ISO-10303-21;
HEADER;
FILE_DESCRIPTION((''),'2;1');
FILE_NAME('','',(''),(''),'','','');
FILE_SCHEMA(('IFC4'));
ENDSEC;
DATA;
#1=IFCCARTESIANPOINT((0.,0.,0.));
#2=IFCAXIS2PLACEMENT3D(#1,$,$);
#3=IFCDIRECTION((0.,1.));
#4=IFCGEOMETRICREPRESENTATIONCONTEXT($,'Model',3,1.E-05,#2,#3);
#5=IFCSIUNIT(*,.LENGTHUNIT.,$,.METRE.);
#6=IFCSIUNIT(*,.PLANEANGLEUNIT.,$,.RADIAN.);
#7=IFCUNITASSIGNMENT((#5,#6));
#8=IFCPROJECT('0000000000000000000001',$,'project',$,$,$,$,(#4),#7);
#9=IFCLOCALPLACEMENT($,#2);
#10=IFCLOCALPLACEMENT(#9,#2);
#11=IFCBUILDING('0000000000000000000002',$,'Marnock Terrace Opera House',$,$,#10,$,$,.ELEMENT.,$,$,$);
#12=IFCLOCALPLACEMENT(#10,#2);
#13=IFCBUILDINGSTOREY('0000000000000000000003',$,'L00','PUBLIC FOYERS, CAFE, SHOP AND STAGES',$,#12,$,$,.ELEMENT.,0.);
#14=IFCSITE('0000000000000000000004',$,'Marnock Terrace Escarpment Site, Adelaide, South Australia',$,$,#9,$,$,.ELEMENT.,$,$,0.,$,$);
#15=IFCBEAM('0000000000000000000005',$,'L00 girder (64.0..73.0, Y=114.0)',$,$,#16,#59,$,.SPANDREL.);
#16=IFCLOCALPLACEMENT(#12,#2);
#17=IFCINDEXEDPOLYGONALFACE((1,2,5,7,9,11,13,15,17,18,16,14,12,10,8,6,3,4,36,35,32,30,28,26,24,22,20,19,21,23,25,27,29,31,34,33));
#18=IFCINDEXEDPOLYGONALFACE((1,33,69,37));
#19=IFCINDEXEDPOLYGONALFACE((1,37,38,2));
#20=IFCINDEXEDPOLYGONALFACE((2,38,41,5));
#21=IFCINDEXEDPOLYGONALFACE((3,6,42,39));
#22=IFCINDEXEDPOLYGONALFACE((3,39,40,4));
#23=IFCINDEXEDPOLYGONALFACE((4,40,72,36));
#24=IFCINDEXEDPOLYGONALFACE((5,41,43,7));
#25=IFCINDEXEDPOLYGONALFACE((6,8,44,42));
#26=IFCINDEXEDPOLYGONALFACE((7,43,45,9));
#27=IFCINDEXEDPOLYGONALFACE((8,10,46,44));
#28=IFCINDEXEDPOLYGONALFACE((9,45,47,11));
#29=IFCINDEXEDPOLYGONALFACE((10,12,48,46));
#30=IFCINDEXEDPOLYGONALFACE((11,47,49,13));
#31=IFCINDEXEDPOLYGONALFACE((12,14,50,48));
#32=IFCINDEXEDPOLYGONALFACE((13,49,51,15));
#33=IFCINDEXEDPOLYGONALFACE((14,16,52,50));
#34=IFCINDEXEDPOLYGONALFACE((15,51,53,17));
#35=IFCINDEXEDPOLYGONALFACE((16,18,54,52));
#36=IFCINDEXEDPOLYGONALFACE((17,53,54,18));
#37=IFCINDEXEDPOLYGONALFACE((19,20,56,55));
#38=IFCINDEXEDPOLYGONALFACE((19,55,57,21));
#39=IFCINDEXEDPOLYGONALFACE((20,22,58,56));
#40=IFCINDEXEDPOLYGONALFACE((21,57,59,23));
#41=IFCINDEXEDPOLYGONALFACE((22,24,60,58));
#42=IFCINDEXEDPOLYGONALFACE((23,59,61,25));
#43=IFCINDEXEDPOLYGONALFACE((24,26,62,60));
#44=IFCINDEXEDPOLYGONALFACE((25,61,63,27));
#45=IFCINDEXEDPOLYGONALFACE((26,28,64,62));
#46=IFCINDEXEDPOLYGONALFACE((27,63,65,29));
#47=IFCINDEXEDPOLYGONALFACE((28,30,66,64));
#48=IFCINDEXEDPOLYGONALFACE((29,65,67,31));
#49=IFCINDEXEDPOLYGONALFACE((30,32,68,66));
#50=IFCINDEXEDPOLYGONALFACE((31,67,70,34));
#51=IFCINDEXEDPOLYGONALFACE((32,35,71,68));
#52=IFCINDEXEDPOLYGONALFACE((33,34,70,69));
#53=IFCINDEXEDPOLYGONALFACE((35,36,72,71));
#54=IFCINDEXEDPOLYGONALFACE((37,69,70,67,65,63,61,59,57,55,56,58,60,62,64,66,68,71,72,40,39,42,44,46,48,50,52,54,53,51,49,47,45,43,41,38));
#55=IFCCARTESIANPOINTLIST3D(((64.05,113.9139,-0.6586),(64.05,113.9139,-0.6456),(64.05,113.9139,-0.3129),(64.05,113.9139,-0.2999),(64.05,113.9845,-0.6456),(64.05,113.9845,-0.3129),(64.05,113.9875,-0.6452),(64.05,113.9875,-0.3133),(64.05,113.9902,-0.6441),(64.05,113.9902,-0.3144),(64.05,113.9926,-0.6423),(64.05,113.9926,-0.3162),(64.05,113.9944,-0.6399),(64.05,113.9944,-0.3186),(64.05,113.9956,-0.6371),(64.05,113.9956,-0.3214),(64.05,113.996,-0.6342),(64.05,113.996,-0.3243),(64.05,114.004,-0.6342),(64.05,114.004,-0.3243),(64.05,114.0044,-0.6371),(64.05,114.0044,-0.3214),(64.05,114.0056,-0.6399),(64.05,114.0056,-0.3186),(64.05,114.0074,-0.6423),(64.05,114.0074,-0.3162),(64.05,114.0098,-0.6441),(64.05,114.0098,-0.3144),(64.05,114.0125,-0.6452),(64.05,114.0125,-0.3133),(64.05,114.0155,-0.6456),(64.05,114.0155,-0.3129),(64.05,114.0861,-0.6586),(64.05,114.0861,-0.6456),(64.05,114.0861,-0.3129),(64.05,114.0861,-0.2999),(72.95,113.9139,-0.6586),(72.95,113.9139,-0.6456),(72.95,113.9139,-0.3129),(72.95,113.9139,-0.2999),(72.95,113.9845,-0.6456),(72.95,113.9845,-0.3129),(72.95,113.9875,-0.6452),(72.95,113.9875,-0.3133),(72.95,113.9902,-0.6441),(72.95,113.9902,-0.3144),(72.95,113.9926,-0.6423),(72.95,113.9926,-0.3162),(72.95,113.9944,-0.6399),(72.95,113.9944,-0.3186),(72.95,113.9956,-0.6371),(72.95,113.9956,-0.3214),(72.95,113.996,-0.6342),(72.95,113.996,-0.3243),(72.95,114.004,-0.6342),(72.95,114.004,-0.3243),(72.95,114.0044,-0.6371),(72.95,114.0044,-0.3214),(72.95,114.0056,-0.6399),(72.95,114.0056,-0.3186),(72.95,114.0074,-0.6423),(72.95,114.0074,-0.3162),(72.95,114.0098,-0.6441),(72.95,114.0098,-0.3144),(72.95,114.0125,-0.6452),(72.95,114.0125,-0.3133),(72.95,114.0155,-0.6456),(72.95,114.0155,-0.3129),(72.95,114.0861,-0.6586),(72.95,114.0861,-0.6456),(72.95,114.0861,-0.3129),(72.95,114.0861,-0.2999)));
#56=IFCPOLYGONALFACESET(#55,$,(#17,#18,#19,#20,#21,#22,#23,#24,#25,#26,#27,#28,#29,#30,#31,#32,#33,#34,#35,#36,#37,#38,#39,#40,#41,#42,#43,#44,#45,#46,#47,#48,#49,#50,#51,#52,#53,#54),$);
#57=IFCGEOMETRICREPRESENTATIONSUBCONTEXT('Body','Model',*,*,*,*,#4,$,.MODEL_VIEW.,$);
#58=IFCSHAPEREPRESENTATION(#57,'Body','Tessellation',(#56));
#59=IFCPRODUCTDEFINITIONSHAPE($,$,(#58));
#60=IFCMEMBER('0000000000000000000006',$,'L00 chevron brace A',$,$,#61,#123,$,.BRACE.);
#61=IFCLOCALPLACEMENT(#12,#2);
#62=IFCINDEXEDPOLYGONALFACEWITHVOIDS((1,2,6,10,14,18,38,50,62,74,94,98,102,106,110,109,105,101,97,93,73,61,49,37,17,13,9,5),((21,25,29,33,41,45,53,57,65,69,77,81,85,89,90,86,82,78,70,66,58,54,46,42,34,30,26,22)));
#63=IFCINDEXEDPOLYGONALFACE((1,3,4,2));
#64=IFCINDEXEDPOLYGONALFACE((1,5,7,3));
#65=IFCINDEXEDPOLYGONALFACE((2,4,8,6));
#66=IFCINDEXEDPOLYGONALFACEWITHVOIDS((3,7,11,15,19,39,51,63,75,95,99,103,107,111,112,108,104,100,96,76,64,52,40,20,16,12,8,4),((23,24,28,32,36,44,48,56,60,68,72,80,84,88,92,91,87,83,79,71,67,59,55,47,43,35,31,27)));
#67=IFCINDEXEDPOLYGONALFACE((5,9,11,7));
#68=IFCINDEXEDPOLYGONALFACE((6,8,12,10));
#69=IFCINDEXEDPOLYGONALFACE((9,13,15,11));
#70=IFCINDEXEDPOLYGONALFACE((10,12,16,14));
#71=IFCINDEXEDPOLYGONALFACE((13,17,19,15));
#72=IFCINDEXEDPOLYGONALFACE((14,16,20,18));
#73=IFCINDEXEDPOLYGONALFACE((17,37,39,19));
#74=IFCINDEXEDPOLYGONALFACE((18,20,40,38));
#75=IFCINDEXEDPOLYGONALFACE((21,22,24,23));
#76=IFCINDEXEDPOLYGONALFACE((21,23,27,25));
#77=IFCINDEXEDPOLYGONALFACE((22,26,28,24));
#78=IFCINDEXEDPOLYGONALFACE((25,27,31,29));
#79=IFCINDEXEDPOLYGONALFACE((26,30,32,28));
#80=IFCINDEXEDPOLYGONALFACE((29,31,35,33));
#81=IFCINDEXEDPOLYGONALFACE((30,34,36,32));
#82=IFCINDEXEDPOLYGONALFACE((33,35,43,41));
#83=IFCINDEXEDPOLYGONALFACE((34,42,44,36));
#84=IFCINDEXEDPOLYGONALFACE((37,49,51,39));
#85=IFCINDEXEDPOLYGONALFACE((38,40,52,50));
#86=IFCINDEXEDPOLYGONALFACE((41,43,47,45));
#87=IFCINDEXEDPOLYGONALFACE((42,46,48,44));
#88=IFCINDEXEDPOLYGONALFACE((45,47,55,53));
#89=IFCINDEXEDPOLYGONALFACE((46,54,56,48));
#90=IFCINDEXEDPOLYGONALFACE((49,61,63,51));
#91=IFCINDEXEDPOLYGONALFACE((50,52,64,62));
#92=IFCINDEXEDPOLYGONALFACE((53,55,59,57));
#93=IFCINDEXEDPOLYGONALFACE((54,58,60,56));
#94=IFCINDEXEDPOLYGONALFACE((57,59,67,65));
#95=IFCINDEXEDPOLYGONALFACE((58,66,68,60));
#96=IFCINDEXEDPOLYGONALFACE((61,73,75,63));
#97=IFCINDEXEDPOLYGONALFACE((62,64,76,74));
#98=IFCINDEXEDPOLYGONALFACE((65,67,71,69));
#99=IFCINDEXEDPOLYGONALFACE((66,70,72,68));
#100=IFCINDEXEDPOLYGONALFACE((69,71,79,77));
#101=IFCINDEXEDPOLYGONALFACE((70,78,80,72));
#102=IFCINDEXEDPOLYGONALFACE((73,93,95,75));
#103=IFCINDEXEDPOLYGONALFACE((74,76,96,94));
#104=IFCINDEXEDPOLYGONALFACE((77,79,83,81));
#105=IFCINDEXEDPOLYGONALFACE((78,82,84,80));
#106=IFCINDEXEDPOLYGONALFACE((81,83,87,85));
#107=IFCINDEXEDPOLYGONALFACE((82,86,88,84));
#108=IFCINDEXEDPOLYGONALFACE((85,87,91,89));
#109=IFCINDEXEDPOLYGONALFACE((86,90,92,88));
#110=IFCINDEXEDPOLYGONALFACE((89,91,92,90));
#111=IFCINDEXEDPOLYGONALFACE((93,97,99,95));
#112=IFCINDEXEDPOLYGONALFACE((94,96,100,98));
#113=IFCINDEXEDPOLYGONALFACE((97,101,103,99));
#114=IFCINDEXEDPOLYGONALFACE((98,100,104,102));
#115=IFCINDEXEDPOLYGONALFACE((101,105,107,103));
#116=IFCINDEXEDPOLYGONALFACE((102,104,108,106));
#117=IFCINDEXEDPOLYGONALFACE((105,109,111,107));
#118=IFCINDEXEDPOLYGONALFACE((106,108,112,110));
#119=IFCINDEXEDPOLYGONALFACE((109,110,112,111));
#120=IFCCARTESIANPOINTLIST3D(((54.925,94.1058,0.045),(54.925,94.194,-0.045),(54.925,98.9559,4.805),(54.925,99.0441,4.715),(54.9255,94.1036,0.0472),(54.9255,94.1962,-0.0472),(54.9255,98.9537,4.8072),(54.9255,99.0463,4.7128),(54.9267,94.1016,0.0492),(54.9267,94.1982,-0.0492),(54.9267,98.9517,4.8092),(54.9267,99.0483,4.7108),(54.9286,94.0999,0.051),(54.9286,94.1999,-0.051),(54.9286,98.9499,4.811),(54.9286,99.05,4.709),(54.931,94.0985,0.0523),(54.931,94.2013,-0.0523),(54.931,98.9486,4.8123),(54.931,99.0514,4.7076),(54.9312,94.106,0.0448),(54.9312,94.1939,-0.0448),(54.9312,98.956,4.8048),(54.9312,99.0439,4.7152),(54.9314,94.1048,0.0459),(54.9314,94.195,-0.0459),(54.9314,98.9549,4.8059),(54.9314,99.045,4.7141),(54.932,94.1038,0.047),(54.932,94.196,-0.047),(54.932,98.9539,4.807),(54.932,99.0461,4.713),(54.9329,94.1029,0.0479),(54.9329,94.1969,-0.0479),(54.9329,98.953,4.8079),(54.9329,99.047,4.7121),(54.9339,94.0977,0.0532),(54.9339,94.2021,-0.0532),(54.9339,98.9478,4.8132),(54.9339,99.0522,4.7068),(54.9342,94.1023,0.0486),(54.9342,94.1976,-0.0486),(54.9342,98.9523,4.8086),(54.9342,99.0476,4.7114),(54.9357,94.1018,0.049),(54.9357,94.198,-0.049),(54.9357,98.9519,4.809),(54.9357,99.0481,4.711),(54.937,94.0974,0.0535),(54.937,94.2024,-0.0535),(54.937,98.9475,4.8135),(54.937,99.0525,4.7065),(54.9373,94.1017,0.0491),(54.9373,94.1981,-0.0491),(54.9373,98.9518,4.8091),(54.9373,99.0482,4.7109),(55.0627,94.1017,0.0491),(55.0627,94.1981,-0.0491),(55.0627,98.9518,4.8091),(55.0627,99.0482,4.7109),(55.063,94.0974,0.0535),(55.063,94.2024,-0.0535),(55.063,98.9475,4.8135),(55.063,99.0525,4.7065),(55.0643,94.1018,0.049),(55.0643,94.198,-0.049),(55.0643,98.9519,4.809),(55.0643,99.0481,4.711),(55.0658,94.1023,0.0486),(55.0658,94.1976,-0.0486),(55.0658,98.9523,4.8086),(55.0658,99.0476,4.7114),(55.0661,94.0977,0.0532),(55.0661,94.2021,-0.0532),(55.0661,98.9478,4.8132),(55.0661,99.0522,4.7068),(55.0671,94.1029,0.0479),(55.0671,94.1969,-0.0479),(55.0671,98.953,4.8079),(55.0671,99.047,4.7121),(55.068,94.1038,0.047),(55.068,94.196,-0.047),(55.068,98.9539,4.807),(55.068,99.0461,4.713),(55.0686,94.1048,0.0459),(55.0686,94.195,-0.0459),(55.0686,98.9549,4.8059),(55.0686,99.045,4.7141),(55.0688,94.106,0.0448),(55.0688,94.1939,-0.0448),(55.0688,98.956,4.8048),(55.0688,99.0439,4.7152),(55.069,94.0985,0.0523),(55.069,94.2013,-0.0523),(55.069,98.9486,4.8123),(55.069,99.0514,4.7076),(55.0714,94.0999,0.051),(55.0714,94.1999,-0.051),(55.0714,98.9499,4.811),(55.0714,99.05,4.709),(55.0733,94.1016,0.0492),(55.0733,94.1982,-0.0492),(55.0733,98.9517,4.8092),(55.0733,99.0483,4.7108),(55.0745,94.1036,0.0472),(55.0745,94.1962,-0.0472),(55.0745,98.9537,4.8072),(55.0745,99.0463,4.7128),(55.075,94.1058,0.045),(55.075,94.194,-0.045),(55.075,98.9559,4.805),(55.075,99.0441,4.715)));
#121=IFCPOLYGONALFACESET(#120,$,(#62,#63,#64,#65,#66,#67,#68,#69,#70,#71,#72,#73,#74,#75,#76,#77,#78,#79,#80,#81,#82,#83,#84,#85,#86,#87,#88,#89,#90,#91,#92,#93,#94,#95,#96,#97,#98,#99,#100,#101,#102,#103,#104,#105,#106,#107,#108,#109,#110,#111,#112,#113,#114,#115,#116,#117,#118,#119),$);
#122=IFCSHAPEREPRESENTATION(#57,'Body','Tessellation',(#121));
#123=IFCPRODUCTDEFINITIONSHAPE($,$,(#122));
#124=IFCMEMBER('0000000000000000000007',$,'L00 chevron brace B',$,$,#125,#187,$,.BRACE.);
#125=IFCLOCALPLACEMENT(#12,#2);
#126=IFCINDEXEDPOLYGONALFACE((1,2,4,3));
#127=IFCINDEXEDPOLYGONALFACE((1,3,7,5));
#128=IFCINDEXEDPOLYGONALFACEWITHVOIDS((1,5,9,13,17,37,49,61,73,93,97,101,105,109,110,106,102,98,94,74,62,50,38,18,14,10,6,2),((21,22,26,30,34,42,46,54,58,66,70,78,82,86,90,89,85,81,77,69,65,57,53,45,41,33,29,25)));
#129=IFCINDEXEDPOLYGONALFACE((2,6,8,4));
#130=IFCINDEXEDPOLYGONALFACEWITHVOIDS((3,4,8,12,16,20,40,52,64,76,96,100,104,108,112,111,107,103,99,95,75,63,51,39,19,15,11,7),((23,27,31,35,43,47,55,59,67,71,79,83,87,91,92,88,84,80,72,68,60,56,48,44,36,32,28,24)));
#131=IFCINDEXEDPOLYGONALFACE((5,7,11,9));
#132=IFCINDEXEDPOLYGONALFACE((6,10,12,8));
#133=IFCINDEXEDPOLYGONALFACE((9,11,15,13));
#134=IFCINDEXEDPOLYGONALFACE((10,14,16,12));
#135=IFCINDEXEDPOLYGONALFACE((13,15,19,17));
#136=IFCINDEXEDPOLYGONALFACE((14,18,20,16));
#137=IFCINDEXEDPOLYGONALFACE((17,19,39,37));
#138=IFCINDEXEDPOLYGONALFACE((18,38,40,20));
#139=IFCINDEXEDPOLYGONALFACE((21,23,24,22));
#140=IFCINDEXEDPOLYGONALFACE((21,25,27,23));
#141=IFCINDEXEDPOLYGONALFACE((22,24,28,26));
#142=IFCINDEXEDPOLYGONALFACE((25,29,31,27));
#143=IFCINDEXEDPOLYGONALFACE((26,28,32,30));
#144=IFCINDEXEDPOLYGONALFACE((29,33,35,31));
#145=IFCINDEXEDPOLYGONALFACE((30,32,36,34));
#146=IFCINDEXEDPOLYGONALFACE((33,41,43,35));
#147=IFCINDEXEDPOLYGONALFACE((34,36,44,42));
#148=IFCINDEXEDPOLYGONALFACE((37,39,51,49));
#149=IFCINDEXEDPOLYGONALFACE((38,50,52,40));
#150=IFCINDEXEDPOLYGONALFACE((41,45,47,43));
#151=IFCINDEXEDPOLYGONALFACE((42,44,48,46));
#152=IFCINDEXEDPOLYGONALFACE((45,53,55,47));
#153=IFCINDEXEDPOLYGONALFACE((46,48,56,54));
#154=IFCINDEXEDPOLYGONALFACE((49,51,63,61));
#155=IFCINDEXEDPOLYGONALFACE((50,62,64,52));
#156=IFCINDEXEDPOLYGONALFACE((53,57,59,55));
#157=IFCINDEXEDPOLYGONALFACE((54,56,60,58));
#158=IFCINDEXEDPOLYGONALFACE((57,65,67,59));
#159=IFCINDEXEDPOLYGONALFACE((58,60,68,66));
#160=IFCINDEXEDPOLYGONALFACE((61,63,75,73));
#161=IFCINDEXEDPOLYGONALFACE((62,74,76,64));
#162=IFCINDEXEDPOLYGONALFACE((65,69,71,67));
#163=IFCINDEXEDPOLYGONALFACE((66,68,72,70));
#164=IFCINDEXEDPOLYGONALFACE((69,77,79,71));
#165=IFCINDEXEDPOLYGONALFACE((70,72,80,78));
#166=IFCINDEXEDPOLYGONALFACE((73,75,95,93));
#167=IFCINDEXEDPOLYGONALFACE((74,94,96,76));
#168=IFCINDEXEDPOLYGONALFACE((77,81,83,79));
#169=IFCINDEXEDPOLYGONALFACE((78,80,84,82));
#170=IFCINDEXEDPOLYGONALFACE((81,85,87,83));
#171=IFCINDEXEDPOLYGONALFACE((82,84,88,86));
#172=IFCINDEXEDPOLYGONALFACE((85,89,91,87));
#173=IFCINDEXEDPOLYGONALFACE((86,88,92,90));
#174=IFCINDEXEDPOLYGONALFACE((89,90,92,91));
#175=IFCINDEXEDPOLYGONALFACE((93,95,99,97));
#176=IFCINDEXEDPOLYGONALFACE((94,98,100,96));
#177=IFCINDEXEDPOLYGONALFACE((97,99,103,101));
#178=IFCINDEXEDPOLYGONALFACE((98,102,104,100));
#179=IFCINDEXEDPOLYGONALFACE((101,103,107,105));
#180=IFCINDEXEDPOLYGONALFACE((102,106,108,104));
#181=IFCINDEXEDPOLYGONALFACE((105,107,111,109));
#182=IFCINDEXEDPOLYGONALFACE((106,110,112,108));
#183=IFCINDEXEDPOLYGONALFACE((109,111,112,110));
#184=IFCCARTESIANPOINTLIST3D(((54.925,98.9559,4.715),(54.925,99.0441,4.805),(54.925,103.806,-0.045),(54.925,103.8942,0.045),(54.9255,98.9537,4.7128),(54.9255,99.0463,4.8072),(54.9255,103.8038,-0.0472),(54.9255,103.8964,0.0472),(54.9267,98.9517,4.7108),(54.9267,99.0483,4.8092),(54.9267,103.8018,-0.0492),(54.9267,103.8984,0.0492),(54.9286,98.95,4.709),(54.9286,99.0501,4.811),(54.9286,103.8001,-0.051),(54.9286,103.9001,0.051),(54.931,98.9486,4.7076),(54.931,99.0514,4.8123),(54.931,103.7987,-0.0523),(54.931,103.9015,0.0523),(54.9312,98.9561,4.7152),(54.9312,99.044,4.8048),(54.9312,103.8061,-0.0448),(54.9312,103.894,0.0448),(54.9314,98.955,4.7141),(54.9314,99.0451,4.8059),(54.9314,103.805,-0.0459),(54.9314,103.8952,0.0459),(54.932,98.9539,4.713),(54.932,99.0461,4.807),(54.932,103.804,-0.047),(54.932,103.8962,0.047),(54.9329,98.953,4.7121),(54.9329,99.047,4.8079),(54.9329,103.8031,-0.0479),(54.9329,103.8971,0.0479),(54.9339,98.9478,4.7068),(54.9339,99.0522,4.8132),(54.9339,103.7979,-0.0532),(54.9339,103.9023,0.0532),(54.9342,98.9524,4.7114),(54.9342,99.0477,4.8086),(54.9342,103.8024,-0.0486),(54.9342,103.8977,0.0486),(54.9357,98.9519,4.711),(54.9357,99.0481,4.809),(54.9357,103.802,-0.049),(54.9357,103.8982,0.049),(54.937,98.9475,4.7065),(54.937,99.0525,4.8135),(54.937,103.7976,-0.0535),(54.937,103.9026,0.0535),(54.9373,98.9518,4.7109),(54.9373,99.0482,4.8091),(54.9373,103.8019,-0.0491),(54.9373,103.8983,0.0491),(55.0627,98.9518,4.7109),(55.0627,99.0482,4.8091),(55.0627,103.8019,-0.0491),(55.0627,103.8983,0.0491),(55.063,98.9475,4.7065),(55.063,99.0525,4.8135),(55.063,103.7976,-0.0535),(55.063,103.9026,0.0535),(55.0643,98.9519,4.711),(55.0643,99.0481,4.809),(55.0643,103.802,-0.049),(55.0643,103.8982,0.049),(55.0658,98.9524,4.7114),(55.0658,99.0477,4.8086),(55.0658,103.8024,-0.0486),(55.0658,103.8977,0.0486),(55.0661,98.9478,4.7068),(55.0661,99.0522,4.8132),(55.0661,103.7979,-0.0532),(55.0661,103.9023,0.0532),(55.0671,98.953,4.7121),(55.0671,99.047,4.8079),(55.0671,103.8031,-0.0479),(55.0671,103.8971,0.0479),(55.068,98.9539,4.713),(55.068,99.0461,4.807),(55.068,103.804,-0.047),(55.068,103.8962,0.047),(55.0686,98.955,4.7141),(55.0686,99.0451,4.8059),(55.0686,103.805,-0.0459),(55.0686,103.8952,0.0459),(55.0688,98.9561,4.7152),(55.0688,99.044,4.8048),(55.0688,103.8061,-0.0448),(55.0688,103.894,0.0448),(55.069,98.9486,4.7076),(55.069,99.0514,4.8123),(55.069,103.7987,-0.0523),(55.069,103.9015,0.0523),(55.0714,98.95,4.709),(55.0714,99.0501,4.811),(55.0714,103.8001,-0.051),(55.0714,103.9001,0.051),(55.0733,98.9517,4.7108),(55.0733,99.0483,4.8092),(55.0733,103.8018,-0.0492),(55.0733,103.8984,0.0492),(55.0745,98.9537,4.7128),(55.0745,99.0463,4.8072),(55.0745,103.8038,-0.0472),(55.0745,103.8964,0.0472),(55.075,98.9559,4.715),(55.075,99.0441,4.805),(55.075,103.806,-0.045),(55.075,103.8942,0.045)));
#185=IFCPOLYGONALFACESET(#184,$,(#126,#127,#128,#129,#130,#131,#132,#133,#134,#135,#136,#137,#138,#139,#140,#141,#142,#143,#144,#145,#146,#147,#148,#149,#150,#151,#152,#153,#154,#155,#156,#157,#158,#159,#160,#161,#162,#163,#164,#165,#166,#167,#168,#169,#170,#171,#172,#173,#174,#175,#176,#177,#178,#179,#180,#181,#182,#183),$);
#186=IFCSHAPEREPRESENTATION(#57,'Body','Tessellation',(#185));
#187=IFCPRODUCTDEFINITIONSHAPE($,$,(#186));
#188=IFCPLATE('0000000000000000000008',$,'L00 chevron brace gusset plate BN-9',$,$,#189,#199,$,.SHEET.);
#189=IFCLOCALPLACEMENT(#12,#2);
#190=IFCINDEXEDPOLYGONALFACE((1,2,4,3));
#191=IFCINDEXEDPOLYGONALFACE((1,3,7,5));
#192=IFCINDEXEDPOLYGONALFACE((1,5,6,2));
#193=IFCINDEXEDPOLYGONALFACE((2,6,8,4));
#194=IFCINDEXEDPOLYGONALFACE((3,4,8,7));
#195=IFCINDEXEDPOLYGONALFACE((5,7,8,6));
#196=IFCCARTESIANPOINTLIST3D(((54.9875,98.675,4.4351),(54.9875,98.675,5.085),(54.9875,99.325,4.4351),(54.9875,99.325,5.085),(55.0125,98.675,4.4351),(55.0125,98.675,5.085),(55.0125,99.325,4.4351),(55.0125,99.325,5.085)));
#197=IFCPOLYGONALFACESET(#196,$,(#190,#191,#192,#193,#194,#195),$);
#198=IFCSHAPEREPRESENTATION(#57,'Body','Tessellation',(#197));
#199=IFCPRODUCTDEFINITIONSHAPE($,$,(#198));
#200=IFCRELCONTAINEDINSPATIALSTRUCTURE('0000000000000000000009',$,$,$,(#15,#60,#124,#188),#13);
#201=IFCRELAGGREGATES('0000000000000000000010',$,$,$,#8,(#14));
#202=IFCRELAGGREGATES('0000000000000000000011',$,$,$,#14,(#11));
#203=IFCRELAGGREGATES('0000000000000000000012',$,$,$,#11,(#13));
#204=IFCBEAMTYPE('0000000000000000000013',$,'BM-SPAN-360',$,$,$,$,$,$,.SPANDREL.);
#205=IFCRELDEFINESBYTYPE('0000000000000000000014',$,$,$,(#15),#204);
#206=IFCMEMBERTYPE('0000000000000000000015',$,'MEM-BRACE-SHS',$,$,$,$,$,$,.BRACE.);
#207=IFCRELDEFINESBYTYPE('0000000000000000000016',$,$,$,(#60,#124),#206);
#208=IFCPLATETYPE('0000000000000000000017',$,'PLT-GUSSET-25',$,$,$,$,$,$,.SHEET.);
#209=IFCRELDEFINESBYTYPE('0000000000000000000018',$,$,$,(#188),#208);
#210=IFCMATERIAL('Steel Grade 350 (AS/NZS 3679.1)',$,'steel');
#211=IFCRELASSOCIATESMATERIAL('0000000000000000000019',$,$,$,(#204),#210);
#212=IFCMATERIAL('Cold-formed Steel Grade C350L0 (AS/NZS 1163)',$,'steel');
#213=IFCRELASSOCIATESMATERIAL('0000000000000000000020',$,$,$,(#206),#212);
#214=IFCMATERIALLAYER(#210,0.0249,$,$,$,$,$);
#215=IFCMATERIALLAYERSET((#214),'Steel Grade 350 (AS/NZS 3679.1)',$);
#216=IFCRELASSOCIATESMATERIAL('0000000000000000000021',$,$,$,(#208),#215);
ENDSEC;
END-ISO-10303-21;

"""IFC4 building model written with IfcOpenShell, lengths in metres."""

from ifc_helpers import new_model, si_unit, direction, frame, origin, origin_2d, place, context, subcontext, project, spatial, rectangle, hollow_rectangle, i_section, extrude, material, layer, layer_set, material_profile, profile_set, type_object, element, save


model = new_model("IFC4")

# Units and contexts
model_context = context("Model", 3, precision=1e-05, world=origin(), true_north=direction((0.0, 1.0)))
body_context = subcontext(model_context, "Body", "Model", "MODEL_VIEW")
ifc_project = project(units=[si_unit("LENGTHUNIT", "METRE"), si_unit("PLANEANGLEUNIT", "RADIAN")], contexts=[model_context])

# Site, building, storey
site_placement = place(None, origin())
site = spatial("IfcSite", under=ifc_project, at=site_placement, Name="Marnock Terrace Escarpment Site, Adelaide, South Australia", CompositionType="ELEMENT", RefElevation=0.0)
building_placement = place(site_placement, origin())
building = spatial("IfcBuilding", under=site, at=building_placement, Name="Marnock Terrace Opera House", CompositionType="ELEMENT")
storey_placement = place(building_placement, origin())
storey = spatial("IfcBuildingStorey", under=building, at=storey_placement, Name="L00", Description="PUBLIC FOYERS, CAFE, SHOP AND STAGES", CompositionType="ELEMENT", Elevation=0.0)

# Beam
ifc_material_1 = material(Name="Steel Grade 350 (AS/NZS 3679.1)", Category="steel")
ifc_material_profile_1 = material_profile(ifc_material_1, i_section(OverallWidth=0.1721, OverallDepth=0.3586, WebThickness=0.0081, FlangeThickness=0.0129, FilletRadius=0.0115, at=origin_2d()))
ifc_profile_set_1 = profile_set([ifc_material_profile_1], Name="Steel Grade 350 (AS/NZS 3679.1)")
beam_type_1 = type_object("IfcBeamType", Name="BM-SPAN-360", PredefinedType="SPANDREL", material=ifc_profile_set_1)
for number, where, z_axis, x_axis, name in (
    (1, (64.05, 114.0, -0.4792), (1.0, 0.0, 0.0), (0.0, 1.0, 0.0), "L00 girder (64.0..73.0, Y=114.0)"),
):
    element("IfcBeam", number, at=place(storey_placement, frame(where, z_axis=z_axis, x_axis=x_axis)), inside=storey, type_object=beam_type_1, Name=name, PredefinedType="SPANDREL", context=body_context, shape_type="SweptSolid", body=[
        extrude(i_section(OverallWidth=0.1721, OverallDepth=0.3586, WebThickness=0.0081, FlangeThickness=0.0129, FilletRadius=0.0115, at=origin_2d()), origin(), (0.0, 0.0, 1.0), 8.8999),
    ])

# Members
ifc_material_2 = material(Name="Cold-formed Steel Grade C350L0 (AS/NZS 1163)", Category="steel")
ifc_material_profile_2 = material_profile(ifc_material_2, hollow_rectangle(XDim=0.1499, YDim=0.1499, WallThickness=0.0061, InnerFilletRadius=0.0061, OuterFilletRadius=0.012, at=origin_2d()))
ifc_profile_set_2 = profile_set([ifc_material_profile_2], Name="Cold-formed Steel Grade C350L0 (AS/NZS 1163)")
member_type = type_object("IfcMemberType", Name="MEM-BRACE-SHS", PredefinedType="BRACE", material=ifc_profile_set_2)
for number, where, z_axis, x_axis, name in (
    (2, (55.0, 94.1499, 0.0), (0.0, 0.713704, 0.700447), (-1.0, 0.0, 0.0), "L00 chevron brace A"),
    (3, (55.0, 103.8501, 0.0), (0.0, -0.713704, 0.700447), (1.0, 0.0, 0.0), "L00 chevron brace B"),
):
    element("IfcMember", number, at=place(storey_placement, frame(where, z_axis=z_axis, x_axis=x_axis)), inside=storey, type_object=member_type, Name=name, PredefinedType="BRACE", context=body_context, shape_type="SweptSolid", body=[
        extrude(hollow_rectangle(XDim=0.1499, YDim=0.1499, WallThickness=0.0061, InnerFilletRadius=0.0061, OuterFilletRadius=0.012, at=origin_2d()), origin(), (0.0, 0.0, 1.0), 6.7957),
    ])

# Plate
ifc_layer_1 = layer(ifc_material_1, 0.0249)
ifc_layer_set_1 = layer_set([ifc_layer_1], Name="Steel Grade 350 (AS/NZS 3679.1)")
plate_type = type_object("IfcPlateType", Name="PLT-GUSSET-25", PredefinedType="SHEET", material=ifc_layer_set_1)
plate_placement = place(storey_placement, frame((55.0, 99.0, 4.4351), z_axis=(0.0, 0.0, 1.0), x_axis=(0.0, 1.0, 0.0)))
element("IfcPlate", 4, at=plate_placement, inside=storey, type_object=plate_type, Name="L00 chevron brace gusset plate BN-9", PredefinedType="SHEET", context=body_context, shape_type="SweptSolid", body=[
    extrude(rectangle(XDim=0.6499, YDim=0.0249, at=origin_2d()), origin(), (0.0, 0.0, 1.0), 0.6499),
])

save(model, "model.ifc")
